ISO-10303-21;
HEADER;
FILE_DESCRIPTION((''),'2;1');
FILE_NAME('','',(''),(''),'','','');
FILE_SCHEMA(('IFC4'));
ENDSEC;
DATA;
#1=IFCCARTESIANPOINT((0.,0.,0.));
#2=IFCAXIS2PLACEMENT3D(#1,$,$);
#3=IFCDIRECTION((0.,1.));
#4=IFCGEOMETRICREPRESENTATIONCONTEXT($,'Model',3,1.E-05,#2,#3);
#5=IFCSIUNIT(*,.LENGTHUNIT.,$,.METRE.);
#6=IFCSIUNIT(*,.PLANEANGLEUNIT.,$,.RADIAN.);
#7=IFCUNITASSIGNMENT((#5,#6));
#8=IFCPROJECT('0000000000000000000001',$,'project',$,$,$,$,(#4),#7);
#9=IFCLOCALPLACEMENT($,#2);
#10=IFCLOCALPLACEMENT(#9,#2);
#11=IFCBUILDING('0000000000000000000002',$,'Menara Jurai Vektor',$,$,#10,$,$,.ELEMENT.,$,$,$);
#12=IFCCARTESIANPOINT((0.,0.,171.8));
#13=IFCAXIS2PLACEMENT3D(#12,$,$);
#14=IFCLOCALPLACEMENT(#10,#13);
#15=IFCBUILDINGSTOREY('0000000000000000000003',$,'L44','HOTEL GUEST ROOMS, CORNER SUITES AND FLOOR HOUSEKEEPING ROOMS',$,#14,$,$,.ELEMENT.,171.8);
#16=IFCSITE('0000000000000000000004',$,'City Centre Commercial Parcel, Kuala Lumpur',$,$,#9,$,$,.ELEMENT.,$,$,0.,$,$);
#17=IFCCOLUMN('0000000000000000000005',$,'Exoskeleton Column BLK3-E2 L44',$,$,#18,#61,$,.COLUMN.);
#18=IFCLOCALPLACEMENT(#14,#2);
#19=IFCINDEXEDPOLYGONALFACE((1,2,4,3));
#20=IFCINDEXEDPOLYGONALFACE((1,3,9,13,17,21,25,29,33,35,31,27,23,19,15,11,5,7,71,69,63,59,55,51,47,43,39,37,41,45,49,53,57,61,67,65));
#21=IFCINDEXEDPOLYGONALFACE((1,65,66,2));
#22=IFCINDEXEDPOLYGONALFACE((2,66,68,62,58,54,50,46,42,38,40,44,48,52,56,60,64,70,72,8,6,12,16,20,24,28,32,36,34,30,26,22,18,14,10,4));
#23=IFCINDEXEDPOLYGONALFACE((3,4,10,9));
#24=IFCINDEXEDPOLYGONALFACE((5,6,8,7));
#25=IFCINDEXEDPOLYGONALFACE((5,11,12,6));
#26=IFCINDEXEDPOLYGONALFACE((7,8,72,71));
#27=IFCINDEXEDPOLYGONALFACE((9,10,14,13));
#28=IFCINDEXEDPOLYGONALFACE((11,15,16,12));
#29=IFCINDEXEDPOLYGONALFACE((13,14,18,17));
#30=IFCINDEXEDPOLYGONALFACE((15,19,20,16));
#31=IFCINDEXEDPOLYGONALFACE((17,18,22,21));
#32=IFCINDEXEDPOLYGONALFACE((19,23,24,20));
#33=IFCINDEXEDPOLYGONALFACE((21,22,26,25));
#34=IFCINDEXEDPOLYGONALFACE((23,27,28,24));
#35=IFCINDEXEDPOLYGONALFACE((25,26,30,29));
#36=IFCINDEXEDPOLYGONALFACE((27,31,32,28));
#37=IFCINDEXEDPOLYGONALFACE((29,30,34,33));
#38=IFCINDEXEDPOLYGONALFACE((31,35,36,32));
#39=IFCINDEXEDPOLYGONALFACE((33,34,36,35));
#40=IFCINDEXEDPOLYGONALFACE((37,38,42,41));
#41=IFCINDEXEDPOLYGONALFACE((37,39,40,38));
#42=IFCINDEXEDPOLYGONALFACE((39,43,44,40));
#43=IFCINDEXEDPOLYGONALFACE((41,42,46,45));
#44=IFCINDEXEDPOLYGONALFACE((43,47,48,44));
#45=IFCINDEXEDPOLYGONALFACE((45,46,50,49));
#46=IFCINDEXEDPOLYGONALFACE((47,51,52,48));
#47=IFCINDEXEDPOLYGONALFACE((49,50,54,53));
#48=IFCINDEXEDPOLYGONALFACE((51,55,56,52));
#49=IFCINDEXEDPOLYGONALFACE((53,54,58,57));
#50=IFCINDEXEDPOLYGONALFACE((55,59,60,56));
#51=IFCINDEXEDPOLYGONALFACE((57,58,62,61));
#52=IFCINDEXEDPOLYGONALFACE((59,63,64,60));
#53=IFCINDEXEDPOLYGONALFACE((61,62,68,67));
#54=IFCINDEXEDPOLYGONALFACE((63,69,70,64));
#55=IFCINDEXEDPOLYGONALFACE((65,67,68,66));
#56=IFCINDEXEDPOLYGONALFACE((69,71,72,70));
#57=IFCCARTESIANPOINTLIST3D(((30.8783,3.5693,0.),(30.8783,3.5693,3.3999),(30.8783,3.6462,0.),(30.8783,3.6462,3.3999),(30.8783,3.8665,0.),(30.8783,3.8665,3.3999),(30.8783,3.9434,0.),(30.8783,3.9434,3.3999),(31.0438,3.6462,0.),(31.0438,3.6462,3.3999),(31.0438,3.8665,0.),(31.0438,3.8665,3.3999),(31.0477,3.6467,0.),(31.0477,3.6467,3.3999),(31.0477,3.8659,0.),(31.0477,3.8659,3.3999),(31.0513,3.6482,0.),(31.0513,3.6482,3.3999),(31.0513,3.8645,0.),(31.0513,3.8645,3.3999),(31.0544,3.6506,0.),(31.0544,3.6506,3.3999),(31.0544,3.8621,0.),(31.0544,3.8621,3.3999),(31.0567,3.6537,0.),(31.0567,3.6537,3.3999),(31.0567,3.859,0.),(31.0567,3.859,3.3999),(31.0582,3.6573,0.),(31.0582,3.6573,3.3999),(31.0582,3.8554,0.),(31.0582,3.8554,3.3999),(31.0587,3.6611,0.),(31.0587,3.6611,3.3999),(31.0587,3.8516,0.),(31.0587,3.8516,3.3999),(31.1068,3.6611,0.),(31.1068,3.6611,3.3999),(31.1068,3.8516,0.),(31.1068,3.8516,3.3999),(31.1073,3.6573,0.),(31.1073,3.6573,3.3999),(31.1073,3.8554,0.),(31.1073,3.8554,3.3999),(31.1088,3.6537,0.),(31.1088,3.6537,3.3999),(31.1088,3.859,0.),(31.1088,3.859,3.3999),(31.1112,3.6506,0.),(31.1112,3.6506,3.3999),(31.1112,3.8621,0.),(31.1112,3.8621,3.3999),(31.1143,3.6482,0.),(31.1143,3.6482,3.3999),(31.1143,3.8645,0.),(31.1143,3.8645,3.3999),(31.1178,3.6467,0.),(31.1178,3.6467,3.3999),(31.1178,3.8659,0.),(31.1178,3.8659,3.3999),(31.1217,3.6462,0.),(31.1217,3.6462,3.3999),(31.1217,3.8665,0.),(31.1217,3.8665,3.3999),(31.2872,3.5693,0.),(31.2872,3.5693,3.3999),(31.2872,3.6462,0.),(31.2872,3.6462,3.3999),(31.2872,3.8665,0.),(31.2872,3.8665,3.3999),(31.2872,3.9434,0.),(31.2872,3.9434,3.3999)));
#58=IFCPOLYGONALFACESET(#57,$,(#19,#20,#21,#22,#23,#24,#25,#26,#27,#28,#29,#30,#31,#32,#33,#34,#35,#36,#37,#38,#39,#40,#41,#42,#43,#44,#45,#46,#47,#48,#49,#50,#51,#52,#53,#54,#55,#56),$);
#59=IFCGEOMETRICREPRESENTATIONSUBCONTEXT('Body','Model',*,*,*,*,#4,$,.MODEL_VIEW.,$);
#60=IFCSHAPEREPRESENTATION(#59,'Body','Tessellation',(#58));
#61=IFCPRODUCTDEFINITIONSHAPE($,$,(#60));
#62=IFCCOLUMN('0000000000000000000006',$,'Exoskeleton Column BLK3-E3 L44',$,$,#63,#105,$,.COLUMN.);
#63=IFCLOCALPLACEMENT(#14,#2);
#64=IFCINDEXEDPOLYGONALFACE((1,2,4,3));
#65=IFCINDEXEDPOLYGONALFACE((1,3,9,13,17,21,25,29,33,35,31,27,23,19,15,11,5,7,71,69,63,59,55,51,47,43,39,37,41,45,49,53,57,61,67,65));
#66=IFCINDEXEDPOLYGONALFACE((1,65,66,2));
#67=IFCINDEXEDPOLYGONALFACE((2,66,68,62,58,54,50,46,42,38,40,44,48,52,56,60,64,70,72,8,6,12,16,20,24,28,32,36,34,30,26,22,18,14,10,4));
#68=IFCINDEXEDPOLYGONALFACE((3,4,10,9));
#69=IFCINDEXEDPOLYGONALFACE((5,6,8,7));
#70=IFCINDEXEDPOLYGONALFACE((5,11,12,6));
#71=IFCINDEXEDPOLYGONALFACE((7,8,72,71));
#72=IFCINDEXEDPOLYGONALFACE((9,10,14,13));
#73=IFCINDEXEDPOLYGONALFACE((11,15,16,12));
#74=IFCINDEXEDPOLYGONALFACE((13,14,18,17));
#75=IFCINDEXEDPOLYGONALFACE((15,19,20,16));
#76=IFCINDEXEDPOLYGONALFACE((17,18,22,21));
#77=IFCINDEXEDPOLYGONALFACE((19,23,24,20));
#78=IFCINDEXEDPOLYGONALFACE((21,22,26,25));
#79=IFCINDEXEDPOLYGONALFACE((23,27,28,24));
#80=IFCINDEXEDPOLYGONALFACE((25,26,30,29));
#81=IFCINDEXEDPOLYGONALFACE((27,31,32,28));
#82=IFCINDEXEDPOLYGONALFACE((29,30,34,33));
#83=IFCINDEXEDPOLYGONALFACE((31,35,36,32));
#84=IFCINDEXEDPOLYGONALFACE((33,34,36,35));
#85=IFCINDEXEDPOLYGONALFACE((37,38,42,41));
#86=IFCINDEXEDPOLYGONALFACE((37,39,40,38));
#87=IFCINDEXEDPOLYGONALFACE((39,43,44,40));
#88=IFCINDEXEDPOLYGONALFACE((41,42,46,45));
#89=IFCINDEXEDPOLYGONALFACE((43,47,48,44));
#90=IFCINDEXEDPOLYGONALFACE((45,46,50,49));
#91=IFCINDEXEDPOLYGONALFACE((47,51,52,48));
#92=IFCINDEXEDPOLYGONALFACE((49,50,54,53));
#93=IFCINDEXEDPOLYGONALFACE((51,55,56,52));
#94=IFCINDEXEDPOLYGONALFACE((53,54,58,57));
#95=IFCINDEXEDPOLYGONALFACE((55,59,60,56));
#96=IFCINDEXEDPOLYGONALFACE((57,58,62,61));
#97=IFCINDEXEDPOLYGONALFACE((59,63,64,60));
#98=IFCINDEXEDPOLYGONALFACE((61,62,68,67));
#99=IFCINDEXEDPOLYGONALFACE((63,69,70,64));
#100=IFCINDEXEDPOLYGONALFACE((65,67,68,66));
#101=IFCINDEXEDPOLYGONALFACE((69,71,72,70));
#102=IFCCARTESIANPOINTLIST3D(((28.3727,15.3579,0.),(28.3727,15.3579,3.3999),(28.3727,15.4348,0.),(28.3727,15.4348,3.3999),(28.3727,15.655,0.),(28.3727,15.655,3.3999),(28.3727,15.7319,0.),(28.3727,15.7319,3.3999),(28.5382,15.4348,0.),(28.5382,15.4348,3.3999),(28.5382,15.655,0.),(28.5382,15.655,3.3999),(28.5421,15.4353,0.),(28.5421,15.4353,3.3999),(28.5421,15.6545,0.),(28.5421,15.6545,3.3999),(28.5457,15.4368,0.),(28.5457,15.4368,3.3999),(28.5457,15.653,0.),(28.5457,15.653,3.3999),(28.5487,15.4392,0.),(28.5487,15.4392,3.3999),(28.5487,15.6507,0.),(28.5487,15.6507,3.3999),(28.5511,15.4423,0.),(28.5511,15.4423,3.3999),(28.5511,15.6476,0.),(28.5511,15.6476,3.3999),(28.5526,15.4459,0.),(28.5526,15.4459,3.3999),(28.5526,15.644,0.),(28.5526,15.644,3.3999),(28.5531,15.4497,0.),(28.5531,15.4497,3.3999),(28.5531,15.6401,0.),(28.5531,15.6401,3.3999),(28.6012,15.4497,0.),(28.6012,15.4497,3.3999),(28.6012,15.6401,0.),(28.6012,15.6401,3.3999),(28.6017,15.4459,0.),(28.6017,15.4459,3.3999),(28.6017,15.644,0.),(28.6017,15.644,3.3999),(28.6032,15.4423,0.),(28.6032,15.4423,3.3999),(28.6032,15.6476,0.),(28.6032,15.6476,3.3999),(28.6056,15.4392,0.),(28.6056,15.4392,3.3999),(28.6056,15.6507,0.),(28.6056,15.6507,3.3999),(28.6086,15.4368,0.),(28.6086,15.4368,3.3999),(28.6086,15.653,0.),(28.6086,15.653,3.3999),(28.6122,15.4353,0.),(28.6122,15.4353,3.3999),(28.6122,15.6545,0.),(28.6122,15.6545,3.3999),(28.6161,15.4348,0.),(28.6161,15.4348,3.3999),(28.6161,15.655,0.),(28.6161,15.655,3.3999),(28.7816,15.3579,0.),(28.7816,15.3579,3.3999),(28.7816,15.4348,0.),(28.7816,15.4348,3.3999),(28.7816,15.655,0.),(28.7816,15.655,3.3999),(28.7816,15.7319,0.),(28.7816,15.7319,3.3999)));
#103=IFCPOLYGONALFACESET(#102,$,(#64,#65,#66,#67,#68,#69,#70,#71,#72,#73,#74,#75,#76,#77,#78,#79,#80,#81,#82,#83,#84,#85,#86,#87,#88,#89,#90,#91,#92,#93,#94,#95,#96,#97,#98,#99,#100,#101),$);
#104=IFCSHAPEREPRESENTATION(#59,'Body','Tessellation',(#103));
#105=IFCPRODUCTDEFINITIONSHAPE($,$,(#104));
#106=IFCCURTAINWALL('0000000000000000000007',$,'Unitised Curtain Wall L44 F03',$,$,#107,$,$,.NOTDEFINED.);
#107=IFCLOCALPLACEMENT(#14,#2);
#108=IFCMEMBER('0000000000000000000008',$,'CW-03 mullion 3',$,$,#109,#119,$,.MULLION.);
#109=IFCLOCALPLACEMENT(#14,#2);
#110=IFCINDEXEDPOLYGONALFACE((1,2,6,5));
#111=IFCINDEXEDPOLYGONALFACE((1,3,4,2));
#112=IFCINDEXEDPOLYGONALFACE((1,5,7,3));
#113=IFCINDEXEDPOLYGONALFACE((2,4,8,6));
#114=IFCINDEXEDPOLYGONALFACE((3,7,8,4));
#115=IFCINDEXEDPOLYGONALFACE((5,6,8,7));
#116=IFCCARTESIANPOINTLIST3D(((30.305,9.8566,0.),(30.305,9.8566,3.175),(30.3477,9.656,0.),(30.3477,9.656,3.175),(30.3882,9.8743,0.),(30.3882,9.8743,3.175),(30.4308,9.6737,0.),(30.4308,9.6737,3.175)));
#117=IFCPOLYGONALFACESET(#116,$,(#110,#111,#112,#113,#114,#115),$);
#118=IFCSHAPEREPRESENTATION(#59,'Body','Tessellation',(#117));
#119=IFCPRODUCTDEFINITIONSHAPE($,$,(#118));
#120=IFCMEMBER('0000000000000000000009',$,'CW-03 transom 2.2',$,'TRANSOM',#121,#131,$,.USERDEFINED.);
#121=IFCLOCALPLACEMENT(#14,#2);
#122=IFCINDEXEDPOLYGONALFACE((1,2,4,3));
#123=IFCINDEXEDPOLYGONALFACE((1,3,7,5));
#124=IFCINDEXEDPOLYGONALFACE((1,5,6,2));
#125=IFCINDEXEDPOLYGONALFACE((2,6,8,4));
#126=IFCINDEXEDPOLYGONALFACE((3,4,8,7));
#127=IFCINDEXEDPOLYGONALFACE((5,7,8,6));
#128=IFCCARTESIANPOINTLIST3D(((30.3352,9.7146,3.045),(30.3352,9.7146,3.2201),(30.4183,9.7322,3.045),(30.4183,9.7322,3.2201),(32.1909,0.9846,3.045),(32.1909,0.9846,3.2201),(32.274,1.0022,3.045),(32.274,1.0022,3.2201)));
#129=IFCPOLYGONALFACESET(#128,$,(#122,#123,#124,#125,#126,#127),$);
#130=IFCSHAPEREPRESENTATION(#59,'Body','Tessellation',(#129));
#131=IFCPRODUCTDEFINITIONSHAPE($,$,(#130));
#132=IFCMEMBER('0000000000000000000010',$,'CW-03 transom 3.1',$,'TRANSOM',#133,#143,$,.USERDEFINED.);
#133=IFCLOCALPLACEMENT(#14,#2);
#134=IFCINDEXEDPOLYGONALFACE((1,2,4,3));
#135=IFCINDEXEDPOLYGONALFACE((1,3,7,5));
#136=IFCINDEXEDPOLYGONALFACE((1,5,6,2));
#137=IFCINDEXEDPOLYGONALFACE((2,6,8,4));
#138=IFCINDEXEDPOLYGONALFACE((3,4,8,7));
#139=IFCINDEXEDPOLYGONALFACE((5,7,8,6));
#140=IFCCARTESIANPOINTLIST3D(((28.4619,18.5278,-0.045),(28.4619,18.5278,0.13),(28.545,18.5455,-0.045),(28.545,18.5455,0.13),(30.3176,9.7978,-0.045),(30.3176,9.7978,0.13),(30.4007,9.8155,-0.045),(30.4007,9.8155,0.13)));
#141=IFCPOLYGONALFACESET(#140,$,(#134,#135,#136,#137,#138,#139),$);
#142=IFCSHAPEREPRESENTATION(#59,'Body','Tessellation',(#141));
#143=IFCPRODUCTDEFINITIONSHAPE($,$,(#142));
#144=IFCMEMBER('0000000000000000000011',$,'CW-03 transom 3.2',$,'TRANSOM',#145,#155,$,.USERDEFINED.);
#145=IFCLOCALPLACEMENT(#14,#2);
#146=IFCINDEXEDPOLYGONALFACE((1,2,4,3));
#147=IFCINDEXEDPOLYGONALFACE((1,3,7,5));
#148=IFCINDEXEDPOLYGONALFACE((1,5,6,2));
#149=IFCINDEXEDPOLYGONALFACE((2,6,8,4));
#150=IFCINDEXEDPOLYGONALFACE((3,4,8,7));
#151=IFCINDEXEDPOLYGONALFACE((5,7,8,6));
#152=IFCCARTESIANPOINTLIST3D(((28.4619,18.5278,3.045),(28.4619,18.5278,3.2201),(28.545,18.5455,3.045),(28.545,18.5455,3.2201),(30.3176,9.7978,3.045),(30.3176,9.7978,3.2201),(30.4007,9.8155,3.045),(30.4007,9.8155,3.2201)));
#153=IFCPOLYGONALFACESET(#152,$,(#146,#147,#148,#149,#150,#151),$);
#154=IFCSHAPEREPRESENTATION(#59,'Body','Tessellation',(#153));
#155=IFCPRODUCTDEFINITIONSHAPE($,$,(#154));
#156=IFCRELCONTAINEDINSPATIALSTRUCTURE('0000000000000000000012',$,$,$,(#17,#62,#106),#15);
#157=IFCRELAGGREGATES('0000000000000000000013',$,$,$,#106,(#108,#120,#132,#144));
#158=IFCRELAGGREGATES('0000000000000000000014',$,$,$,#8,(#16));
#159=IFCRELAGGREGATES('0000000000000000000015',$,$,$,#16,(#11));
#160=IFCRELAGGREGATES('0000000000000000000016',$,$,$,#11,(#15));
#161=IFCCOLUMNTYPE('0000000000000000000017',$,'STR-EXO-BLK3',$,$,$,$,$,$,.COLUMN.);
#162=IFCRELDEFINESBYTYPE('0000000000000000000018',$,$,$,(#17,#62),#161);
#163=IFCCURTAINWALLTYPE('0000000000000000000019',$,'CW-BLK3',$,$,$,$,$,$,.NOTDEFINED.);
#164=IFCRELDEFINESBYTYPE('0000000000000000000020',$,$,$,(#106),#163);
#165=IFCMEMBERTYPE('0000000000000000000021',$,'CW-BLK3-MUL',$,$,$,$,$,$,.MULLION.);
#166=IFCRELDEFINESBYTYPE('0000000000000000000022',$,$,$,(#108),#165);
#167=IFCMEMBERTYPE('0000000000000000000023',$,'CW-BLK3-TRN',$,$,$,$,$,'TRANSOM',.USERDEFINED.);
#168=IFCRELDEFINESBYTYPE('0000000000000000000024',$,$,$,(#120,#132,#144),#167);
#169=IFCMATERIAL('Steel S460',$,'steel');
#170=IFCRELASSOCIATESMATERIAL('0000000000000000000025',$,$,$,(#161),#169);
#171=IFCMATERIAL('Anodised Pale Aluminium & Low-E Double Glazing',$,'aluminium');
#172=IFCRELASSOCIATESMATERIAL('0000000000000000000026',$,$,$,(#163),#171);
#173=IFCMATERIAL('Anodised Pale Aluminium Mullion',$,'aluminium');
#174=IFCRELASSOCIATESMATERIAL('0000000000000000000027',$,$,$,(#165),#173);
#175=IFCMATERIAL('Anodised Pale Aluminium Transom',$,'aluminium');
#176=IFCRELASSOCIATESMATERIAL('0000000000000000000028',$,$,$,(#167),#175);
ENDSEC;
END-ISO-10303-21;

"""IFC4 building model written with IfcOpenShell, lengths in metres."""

from ifc_helpers import new_model, si_unit, direction, frame, origin, origin_2d, place, context, subcontext, project, spatial, rectangle, i_section, extrude, material, material_profile, profile_set, type_object, element, aggregate, save


model = new_model("IFC4")

# Units and contexts
model_context = context("Model", 3, precision=1e-05, world=origin(), true_north=direction((0.0, 1.0)))
body_context = subcontext(model_context, "Body", "Model", "MODEL_VIEW")
ifc_project = project(units=[si_unit("LENGTHUNIT", "METRE"), si_unit("PLANEANGLEUNIT", "RADIAN")], contexts=[model_context])

# Site, building, storey
site_placement = place(None, origin())
site = spatial("IfcSite", under=ifc_project, at=site_placement, Name="City Centre Commercial Parcel, Kuala Lumpur", CompositionType="ELEMENT", RefElevation=0.0)
building_placement = place(site_placement, origin())
building = spatial("IfcBuilding", under=site, at=building_placement, Name="Menara Jurai Vektor", CompositionType="ELEMENT")
storey_placement = place(building_placement, frame((0.0, 0.0, 171.8)))
storey = spatial("IfcBuildingStorey", under=building, at=storey_placement, Name="L44", Description="HOTEL GUEST ROOMS, CORNER SUITES AND FLOOR HOUSEKEEPING ROOMS", CompositionType="ELEMENT", Elevation=171.8)

# Columns
ifc_material_1 = material(Name="Steel S460", Category="steel")
ifc_material_profile_1 = material_profile(ifc_material_1, i_section(OverallWidth=0.4089, OverallDepth=0.374, WebThickness=0.0481, FlangeThickness=0.0769, FilletRadius=0.0149, at=origin_2d()), Name="HD 400x634")
ifc_profile_set_1 = profile_set([ifc_material_profile_1], Name="Steel S460")
column_type = type_object("IfcColumnType", Name="STR-EXO-BLK3", PredefinedType="COLUMN", material=ifc_profile_set_1)
for number, where, z_axis, x_axis, name in (
    (1, (31.0828, 3.7563, 0.0), (0.0, 0.0, 1.0), (1.0, 0.0, 0.0), "Exoskeleton Column BLK3-E2 L44"),
    (2, (28.5771, 15.5449, 0.0), (0.0, 0.0, 1.0), (1.0, 0.0, 0.0), "Exoskeleton Column BLK3-E3 L44"),
):
    element("IfcColumn", number, at=place(storey_placement, frame(where, z_axis=z_axis, x_axis=x_axis)), inside=storey, type_object=column_type, Name=name, PredefinedType="COLUMN", context=body_context, shape_type="SweptSolid", body=[
        extrude(i_section(OverallWidth=0.4089, OverallDepth=0.374, WebThickness=0.0481, FlangeThickness=0.0769, FilletRadius=0.0149, at=origin_2d()), origin(), (0.0, 0.0, 1.0), 3.3999),
    ])

# Curtain wall, members
ifc_material_2 = material(Name="Anodised Pale Aluminium & Low-E Double Glazing", Category="aluminium")
curtain_wall_type = type_object("IfcCurtainWallType", Name="CW-BLK3", PredefinedType="NOTDEFINED", material=ifc_material_2)
curtain_wall_placement = place(storey_placement, origin())
curtain_wall = element("IfcCurtainWall", 3, at=curtain_wall_placement, inside=storey, type_object=curtain_wall_type, Name="Unitised Curtain Wall L44 F03", PredefinedType="NOTDEFINED")
ifc_material_3 = material(Name="Anodised Pale Aluminium Mullion", Category="aluminium")
ifc_material_profile_2 = material_profile(ifc_material_3, rectangle(XDim=0.085, YDim=0.2051, at=origin_2d()), Name="ALU MUL 85x205")
ifc_profile_set_2 = profile_set([ifc_material_profile_2], Name="Anodised Pale Aluminium Mullion")
member_type_1 = type_object("IfcMemberType", Name="CW-BLK3-MUL", PredefinedType="MULLION", material=ifc_profile_set_2)
member_1_placement = place(storey_placement, frame((30.3679, 9.7651, 0.0), z_axis=(0.0, 0.0, 1.0), x_axis=(-0.978148, -0.20791, 0.0)))
member_1 = element("IfcMember", 4, at=member_1_placement, type_object=member_type_1, Name="CW-03 mullion 3", PredefinedType="MULLION", context=body_context, shape_type="SweptSolid", body=[
    extrude(rectangle(XDim=0.085, YDim=0.2051, at=origin_2d()), origin(), (0.0, 0.0, 1.0), 3.175),
])
ifc_material_4 = material(Name="Anodised Pale Aluminium Transom", Category="aluminium")
ifc_material_profile_3 = material_profile(ifc_material_4, rectangle(XDim=0.085, YDim=0.175, at=origin_2d()), Name="ALU TRN 85x175")
ifc_profile_set_3 = profile_set([ifc_material_profile_3], Name="Anodised Pale Aluminium Transom")
member_type_2 = type_object("IfcMemberType", Name="CW-BLK3-TRN", ElementType="TRANSOM", PredefinedType="USERDEFINED", material=ifc_profile_set_3)
member_2_placement = place(storey_placement, frame((32.2324, 0.9934, 3.1326), z_axis=(-0.207922, 0.978145, 0.0), x_axis=(-0.978145, -0.207922, 0.0)))
member_2 = element("IfcMember", 5, at=member_2_placement, type_object=member_type_2, Name="CW-03 transom 2.2", ObjectType="TRANSOM", PredefinedType="USERDEFINED", context=body_context, shape_type="SweptSolid", body=[
    extrude(rectangle(XDim=0.085, YDim=0.175, at=origin_2d()), origin(), (0.0, 0.0, 1.0), 8.925),
])
member_3_placement = place(storey_placement, frame((30.3591, 9.8066, 0.0425), z_axis=(-0.207922, 0.978145, 0.0), x_axis=(-0.978145, -0.207922, 0.0)))
member_3 = element("IfcMember", 6, at=member_3_placement, type_object=member_type_2, Name="CW-03 transom 3.1", ObjectType="TRANSOM", PredefinedType="USERDEFINED", context=body_context, shape_type="SweptSolid", body=[
    extrude(rectangle(XDim=0.085, YDim=0.175, at=origin_2d()), origin(), (0.0, 0.0, 1.0), 8.925),
])
member_4_placement = place(storey_placement, frame((30.3591, 9.8066, 3.1326), z_axis=(-0.207922, 0.978145, 0.0), x_axis=(-0.978145, -0.207922, 0.0)))
member_4 = element("IfcMember", 7, at=member_4_placement, type_object=member_type_2, Name="CW-03 transom 3.2", ObjectType="TRANSOM", PredefinedType="USERDEFINED", context=body_context, shape_type="SweptSolid", body=[
    extrude(rectangle(XDim=0.085, YDim=0.175, at=origin_2d()), origin(), (0.0, 0.0, 1.0), 8.925),
])

aggregate(curtain_wall, [member_1, member_2, member_3, member_4])

save(model, "model.ifc")
